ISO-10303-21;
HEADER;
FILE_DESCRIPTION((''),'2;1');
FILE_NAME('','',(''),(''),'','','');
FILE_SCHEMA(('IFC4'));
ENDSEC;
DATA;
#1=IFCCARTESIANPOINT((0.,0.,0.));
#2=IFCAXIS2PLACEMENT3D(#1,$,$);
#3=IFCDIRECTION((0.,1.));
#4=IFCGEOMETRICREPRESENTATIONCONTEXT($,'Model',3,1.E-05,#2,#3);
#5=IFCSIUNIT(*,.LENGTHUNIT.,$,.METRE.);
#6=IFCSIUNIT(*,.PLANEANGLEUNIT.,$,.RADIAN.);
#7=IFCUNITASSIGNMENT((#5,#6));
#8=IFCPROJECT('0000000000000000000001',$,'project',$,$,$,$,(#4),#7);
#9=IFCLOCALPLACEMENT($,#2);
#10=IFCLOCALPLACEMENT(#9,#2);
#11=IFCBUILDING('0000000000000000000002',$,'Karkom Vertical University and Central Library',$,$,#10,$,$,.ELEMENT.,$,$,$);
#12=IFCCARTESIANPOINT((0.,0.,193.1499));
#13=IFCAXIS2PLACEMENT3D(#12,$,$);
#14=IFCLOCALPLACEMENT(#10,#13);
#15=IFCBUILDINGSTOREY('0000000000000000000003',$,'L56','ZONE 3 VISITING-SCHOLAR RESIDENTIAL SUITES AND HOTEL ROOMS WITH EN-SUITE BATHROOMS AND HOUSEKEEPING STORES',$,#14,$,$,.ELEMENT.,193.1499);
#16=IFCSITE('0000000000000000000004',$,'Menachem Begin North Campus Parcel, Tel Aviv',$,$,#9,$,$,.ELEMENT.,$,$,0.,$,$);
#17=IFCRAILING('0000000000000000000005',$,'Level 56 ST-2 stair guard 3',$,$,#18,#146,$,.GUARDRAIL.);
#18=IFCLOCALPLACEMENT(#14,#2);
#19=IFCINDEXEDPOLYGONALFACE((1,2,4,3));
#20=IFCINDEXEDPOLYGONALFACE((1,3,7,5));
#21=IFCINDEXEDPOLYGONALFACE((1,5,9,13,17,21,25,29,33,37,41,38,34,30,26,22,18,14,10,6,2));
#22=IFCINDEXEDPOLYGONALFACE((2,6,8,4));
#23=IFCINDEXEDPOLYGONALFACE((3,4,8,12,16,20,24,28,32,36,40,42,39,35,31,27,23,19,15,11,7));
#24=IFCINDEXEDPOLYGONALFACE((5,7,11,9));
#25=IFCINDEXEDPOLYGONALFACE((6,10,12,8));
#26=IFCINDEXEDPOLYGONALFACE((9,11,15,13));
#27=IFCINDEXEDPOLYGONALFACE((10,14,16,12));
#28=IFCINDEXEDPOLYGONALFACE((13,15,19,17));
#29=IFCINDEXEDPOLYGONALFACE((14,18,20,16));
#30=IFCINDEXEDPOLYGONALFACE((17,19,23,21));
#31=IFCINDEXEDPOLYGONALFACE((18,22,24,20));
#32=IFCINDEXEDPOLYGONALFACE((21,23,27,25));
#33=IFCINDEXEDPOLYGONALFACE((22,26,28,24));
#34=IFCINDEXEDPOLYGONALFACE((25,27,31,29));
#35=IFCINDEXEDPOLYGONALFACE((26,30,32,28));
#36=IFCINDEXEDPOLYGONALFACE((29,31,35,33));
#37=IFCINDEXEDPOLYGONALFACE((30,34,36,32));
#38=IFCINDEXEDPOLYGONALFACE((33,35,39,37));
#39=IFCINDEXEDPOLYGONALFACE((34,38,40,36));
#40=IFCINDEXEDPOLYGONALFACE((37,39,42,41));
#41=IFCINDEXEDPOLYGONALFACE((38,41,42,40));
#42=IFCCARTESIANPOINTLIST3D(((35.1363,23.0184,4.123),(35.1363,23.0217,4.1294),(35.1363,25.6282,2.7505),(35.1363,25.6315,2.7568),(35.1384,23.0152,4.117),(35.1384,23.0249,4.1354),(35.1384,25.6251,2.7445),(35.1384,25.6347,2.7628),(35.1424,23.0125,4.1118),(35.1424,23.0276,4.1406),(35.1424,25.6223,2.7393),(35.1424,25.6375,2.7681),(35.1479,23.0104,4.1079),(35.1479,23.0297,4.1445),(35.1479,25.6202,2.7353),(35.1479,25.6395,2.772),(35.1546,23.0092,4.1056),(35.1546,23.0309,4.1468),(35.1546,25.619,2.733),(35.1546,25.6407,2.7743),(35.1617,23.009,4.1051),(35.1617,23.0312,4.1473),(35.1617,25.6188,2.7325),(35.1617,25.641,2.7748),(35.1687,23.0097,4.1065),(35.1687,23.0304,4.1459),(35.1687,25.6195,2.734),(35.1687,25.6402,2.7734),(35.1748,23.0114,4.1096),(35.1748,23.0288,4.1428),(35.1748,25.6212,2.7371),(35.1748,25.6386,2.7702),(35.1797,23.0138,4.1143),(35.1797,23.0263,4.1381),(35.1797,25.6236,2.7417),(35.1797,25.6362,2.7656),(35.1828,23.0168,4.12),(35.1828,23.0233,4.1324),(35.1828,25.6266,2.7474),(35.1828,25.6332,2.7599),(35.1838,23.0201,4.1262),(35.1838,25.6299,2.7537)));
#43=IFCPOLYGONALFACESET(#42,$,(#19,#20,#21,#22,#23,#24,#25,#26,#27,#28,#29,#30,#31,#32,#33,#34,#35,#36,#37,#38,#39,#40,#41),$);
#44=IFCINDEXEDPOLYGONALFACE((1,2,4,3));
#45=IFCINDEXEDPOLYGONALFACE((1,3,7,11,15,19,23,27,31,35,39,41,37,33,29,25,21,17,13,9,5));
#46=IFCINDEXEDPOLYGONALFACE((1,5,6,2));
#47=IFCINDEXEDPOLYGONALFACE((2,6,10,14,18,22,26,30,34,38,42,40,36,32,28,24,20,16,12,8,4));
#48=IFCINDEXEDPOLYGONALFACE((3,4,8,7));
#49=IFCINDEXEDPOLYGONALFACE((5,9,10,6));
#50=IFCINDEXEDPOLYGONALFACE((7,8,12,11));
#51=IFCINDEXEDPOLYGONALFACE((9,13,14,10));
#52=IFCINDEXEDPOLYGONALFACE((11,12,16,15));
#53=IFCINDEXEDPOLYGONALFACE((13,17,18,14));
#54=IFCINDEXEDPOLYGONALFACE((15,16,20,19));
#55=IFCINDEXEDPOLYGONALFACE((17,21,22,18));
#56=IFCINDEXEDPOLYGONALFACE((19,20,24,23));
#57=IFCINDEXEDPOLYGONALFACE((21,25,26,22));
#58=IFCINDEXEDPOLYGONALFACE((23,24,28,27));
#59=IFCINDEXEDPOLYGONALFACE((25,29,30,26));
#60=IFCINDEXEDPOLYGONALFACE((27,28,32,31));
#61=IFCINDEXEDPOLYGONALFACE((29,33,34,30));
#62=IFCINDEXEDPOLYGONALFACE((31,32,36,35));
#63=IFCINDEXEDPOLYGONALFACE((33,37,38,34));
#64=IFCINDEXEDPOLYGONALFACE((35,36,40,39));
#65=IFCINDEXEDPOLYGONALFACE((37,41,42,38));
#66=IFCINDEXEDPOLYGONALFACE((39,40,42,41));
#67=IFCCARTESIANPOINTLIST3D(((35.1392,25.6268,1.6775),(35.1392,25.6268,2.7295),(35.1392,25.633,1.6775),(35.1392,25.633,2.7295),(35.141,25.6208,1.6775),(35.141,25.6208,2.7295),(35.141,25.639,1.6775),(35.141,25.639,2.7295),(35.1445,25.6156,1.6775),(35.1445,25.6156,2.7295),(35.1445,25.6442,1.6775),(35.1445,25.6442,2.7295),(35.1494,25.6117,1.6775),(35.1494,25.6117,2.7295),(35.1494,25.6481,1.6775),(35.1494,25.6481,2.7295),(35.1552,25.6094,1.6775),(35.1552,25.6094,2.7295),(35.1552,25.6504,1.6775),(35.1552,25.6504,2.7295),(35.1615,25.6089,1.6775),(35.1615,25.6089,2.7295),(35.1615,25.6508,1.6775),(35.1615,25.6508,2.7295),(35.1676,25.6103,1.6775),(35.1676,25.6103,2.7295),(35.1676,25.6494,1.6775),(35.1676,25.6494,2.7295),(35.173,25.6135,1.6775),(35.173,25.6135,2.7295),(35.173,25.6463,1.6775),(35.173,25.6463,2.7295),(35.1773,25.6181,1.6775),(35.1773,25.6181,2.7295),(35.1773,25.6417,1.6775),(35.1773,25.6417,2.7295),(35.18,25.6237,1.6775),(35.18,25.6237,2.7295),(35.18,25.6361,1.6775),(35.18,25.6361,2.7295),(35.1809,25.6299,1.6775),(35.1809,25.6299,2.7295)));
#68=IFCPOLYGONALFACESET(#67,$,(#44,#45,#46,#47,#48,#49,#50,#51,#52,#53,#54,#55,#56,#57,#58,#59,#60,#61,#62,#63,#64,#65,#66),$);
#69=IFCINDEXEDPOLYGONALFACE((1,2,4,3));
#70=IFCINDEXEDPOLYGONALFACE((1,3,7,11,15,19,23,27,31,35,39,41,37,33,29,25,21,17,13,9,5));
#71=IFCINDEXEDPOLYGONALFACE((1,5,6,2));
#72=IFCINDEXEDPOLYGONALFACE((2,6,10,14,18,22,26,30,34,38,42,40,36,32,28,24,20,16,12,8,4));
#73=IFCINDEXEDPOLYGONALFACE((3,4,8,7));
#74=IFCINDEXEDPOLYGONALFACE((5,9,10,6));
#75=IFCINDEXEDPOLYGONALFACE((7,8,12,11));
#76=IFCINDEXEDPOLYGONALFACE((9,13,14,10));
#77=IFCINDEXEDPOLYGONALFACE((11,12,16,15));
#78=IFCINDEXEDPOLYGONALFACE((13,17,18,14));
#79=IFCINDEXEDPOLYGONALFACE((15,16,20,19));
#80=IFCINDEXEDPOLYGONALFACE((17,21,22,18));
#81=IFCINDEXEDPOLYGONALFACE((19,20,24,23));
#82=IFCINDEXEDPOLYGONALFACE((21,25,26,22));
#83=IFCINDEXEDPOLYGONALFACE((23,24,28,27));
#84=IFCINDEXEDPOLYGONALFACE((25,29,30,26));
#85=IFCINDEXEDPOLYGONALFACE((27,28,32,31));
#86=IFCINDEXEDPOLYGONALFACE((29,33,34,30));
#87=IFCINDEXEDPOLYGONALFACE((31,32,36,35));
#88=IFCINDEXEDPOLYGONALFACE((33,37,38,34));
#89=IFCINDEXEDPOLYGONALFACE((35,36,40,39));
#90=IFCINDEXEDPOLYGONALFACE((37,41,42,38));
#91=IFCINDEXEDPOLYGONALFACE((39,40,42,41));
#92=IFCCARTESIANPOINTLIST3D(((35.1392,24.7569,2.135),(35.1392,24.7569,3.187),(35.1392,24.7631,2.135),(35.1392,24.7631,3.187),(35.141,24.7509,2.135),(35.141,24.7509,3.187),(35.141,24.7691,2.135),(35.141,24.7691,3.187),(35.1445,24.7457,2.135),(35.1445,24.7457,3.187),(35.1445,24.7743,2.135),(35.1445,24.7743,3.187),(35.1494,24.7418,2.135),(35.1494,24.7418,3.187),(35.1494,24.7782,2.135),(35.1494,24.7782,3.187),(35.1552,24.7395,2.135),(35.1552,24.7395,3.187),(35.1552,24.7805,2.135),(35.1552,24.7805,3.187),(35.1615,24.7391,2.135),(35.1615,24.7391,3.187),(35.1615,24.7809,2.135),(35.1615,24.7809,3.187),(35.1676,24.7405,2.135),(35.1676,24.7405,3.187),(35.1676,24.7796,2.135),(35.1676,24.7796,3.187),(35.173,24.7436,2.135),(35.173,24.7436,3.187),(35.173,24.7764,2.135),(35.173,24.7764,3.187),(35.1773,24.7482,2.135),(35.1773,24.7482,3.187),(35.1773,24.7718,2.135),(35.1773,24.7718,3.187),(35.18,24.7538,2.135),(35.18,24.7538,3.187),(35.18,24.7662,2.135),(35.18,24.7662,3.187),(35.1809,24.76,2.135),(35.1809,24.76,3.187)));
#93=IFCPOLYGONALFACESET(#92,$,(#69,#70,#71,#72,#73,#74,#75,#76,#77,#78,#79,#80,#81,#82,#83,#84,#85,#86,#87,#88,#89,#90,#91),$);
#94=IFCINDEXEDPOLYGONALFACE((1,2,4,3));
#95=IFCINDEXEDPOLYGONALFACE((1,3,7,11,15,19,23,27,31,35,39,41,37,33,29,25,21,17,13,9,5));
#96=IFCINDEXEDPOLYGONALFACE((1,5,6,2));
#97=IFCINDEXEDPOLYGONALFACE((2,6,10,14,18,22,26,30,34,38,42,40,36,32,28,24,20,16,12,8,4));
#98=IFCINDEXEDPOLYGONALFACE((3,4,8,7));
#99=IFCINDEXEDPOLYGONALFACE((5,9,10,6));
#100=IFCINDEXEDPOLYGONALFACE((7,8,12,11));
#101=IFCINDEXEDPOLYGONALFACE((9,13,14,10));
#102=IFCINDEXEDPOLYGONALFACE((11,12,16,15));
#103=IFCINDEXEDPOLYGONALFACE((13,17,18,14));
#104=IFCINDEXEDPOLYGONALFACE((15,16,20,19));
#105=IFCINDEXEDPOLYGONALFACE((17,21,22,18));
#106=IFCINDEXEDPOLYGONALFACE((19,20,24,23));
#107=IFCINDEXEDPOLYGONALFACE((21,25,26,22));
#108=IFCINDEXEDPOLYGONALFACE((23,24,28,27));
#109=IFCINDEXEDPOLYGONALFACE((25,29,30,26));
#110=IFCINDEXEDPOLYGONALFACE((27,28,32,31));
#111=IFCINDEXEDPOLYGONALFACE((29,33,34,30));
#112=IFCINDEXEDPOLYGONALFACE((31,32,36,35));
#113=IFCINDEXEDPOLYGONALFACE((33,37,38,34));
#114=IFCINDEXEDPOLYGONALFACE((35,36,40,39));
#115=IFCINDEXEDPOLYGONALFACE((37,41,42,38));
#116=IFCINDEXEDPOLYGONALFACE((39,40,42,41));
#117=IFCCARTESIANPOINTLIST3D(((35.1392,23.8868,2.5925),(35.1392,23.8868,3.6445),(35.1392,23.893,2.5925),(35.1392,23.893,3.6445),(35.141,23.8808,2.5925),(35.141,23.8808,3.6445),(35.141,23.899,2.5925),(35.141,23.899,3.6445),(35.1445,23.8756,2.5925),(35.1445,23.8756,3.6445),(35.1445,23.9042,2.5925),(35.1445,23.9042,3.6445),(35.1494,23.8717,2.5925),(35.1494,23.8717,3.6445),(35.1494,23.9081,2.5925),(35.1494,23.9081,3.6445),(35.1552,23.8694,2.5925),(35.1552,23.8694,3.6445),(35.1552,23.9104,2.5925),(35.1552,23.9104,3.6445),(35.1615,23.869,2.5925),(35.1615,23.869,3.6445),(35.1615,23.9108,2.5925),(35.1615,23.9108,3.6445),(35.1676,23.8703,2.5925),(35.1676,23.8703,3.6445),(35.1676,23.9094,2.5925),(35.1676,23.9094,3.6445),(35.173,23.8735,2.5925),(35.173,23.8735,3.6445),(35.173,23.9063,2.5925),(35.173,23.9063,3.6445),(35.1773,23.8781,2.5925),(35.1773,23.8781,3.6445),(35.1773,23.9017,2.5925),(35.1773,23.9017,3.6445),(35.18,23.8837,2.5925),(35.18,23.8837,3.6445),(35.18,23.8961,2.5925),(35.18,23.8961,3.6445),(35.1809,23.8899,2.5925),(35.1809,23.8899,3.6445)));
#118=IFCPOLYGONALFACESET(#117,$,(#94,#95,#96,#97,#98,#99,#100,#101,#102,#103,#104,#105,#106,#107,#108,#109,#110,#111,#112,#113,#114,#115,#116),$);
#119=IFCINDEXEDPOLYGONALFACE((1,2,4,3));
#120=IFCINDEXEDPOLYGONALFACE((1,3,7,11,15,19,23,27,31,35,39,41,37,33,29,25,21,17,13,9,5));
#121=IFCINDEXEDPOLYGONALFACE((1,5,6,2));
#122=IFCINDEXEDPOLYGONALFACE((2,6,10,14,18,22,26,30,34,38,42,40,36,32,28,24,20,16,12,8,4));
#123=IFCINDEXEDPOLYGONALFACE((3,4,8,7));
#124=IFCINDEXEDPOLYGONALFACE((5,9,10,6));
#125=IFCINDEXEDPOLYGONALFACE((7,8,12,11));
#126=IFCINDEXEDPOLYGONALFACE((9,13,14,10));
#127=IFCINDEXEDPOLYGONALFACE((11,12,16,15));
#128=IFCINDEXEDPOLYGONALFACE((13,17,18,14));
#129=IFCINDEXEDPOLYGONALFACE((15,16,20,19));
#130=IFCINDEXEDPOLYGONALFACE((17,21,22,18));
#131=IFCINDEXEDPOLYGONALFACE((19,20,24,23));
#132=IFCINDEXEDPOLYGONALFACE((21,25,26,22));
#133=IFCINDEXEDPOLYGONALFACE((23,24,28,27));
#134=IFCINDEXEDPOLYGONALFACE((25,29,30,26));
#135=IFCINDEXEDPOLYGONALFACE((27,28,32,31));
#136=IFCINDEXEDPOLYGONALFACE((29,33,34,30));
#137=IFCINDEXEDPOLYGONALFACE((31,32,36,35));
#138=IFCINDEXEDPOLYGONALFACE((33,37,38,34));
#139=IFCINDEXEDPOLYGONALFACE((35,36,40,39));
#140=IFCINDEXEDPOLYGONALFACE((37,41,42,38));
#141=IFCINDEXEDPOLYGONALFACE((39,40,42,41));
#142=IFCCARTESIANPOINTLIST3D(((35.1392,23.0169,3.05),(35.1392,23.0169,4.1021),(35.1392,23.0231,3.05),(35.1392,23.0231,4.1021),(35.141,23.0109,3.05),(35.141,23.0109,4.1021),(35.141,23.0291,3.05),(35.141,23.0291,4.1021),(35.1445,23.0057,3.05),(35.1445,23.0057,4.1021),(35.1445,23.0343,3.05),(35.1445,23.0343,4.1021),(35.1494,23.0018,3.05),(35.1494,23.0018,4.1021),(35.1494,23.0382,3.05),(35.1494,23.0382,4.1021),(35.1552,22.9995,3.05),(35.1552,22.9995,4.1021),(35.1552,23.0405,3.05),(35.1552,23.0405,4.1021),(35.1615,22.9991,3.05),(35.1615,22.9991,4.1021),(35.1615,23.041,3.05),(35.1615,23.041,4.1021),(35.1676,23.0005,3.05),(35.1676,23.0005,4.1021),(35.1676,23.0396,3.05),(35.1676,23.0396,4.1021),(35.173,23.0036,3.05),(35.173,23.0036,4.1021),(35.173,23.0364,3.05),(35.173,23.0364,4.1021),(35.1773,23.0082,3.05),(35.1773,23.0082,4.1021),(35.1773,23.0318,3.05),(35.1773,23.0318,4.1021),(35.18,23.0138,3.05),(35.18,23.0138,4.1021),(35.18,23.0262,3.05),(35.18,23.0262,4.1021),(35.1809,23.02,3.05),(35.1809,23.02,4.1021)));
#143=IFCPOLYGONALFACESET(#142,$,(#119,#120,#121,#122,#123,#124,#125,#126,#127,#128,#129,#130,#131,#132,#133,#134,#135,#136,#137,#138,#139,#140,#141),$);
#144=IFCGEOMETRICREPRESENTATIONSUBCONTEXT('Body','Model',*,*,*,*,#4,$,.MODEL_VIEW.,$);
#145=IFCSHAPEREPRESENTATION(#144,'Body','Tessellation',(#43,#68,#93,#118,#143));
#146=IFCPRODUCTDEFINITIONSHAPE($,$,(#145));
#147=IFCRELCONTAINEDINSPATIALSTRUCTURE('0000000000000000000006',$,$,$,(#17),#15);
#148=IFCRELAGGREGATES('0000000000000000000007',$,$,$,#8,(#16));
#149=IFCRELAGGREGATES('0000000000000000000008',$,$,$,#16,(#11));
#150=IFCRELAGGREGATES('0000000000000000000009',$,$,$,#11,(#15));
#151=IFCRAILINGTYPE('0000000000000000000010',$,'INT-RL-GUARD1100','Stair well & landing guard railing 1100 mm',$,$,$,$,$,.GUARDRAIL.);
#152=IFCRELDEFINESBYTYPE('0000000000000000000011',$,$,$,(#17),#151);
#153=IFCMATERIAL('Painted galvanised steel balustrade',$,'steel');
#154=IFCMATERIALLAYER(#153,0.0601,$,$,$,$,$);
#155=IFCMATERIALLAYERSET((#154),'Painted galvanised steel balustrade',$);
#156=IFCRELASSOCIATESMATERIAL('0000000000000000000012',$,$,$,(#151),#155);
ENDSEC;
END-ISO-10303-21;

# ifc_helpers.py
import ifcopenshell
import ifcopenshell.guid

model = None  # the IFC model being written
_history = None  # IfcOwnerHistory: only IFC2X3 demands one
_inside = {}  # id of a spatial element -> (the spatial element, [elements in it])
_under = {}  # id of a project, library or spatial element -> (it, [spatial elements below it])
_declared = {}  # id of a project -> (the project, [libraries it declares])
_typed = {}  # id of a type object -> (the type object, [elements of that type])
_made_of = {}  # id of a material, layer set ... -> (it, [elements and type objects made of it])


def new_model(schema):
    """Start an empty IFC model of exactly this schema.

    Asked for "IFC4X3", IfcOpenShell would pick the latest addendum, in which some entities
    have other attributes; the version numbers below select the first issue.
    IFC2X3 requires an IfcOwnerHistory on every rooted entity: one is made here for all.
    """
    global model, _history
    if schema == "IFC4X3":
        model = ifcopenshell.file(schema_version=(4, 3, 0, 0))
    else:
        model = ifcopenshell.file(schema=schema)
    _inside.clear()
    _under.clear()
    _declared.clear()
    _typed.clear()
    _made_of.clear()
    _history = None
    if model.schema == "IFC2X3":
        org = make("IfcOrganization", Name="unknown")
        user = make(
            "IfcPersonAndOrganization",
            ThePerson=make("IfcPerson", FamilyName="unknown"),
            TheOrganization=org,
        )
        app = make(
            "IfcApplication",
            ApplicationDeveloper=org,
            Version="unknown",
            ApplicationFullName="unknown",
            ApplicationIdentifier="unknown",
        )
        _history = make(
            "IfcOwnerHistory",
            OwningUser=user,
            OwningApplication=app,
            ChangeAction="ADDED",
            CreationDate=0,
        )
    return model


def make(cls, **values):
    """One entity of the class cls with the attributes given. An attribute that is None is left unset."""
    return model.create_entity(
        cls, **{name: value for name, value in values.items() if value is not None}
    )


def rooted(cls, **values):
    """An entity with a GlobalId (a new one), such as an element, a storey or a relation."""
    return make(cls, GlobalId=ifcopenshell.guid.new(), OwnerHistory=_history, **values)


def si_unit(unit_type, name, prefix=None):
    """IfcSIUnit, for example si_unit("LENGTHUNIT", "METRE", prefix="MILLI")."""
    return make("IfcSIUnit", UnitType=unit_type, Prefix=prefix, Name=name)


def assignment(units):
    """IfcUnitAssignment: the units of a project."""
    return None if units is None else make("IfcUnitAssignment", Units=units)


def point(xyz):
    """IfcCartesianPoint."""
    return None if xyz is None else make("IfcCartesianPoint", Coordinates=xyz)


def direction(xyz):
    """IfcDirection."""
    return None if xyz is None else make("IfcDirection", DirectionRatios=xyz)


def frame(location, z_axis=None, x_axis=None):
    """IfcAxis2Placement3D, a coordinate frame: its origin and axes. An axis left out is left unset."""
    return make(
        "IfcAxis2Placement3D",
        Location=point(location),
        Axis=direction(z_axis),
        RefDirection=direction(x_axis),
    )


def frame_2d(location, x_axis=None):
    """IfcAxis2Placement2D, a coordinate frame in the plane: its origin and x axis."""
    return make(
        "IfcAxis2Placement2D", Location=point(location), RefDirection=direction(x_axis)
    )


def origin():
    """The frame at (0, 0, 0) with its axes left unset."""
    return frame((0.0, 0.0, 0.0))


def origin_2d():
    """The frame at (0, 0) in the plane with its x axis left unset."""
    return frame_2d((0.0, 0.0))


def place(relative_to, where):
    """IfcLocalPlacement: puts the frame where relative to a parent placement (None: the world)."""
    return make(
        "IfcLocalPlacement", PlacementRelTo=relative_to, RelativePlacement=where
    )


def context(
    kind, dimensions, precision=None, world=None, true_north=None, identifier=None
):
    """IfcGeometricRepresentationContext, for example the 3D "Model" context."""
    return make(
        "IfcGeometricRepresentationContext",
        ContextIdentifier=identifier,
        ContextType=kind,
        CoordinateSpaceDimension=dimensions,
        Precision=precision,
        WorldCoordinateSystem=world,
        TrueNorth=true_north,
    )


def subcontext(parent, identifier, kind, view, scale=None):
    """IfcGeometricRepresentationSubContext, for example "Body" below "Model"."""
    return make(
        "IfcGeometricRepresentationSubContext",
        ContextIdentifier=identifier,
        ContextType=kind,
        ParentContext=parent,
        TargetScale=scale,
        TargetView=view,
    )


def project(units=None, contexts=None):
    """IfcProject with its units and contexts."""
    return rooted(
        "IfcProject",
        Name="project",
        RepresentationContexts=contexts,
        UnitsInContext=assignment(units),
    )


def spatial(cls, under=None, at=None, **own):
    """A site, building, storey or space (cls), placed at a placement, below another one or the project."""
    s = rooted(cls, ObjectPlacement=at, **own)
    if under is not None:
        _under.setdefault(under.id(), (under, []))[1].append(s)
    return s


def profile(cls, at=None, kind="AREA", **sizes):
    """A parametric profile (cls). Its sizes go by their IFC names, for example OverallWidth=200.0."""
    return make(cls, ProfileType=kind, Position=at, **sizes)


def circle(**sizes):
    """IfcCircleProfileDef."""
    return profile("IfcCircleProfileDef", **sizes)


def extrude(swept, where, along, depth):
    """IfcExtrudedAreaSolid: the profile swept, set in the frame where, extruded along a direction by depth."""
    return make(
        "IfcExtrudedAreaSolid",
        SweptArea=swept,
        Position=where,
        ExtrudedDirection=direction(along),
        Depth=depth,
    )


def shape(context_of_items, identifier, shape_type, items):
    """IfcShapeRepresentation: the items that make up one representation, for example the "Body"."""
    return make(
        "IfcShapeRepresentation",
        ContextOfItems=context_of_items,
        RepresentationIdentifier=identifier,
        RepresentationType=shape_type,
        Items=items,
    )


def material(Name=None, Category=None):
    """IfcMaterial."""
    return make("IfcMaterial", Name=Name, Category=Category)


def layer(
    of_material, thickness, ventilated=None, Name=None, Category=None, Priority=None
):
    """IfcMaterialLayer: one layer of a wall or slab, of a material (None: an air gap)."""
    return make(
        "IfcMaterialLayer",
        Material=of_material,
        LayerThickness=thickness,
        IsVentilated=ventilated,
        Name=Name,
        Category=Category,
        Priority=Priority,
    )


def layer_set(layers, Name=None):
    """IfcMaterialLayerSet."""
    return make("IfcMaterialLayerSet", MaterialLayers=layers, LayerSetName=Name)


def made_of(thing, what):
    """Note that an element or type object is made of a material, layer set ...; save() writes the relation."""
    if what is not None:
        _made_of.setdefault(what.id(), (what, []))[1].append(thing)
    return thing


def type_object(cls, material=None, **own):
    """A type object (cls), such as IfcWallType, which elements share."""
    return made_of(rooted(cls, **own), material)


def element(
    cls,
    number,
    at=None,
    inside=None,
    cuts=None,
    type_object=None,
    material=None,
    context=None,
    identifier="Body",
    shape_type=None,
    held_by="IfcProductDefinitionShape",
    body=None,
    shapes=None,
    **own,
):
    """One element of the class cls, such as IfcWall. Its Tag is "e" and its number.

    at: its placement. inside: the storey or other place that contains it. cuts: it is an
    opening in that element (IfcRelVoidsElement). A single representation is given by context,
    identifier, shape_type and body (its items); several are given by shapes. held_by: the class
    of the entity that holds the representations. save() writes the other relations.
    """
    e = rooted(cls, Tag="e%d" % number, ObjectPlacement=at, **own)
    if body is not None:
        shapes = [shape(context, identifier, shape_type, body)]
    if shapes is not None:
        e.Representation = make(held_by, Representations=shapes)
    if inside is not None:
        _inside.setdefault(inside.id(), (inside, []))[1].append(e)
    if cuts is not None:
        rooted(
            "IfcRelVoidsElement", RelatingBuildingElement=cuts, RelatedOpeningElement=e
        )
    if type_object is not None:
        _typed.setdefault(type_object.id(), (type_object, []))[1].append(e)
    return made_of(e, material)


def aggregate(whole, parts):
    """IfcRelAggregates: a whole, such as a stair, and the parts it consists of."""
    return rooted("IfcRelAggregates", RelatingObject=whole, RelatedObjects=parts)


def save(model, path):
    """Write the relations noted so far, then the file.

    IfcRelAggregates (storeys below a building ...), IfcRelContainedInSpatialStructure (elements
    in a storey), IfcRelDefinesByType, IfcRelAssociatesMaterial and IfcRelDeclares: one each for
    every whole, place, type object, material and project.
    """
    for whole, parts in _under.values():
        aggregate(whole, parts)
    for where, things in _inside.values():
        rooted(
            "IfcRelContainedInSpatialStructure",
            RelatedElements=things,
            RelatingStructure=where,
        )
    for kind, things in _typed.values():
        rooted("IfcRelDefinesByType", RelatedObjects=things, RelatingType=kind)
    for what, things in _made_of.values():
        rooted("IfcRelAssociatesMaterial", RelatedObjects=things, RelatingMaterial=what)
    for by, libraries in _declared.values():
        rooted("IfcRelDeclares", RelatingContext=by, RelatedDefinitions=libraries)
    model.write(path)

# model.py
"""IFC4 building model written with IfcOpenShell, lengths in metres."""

from ifc_helpers import new_model, si_unit, direction, frame, origin, origin_2d, place, context, subcontext, project, spatial, circle, extrude, material, layer, layer_set, type_object, element, save


model = new_model("IFC4")

# Units and contexts
model_context = context("Model", 3, precision=1e-05, world=origin(), true_north=direction((0.0, 1.0)))
body_context = subcontext(model_context, "Body", "Model", "MODEL_VIEW")
ifc_project = project(units=[si_unit("LENGTHUNIT", "METRE"), si_unit("PLANEANGLEUNIT", "RADIAN")], contexts=[model_context])

# Site, building, storey
site_placement = place(None, origin())
site = spatial("IfcSite", under=ifc_project, at=site_placement, Name="Menachem Begin North Campus Parcel, Tel Aviv", CompositionType="ELEMENT", RefElevation=0.0)
building_placement = place(site_placement, origin())
building = spatial("IfcBuilding", under=site, at=building_placement, Name="Karkom Vertical University and Central Library", CompositionType="ELEMENT")
storey_placement = place(building_placement, frame((0.0, 0.0, 193.1499)))
storey = spatial("IfcBuildingStorey", under=building, at=storey_placement, Name="L56", Description="ZONE 3 VISITING-SCHOLAR RESIDENTIAL SUITES AND HOTEL ROOMS WITH EN-SUITE BATHROOMS AND HOUSEKEEPING STORES", CompositionType="ELEMENT", Elevation=193.1499)

# Railing
ifc_material_1 = material(Name="Painted galvanised steel balustrade", Category="steel")
ifc_layer_1 = layer(ifc_material_1, 0.0601)
ifc_layer_set_1 = layer_set([ifc_layer_1], Name="Painted galvanised steel balustrade")
railing_type_1 = type_object("IfcRailingType", Name="INT-RL-GUARD1100", Description="Stair well & landing guard railing 1100 mm", PredefinedType="GUARDRAIL", material=ifc_layer_set_1)
railing_1_placement = place(storey_placement, frame((35.1599, 25.6299, 1.6775)))
element("IfcRailing", 1, at=railing_1_placement, inside=storey, type_object=railing_type_1, Name="Level 56 ST-2 stair guard 3", PredefinedType="GUARDRAIL", context=body_context, shape_type="SweptSolid", body=[
    extrude(circle(Radius=0.0239, at=origin_2d()), frame((0.0, 0.0, 1.0762), z_axis=(0.0, -0.885065, 0.465467), x_axis=(1.0, 0.0, 0.0)), (0.0, 0.0, 1.0), 2.9487),
    extrude(circle(Radius=0.021, at=origin_2d()), origin(), (0.0, 0.0, 1.0), 1.052),
    extrude(circle(Radius=0.021, at=origin_2d()), frame((0.0, -0.8699, 0.4575)), (0.0, 0.0, 1.0), 1.052),
    extrude(circle(Radius=0.021, at=origin_2d()), frame((0.0, -1.74, 0.915)), (0.0, 0.0, 1.0), 1.052),
    extrude(circle(Radius=0.021, at=origin_2d()), frame((0.0, -2.6099, 1.3726)), (0.0, 0.0, 1.0), 1.052),
])

save(model, "model.ifc")
